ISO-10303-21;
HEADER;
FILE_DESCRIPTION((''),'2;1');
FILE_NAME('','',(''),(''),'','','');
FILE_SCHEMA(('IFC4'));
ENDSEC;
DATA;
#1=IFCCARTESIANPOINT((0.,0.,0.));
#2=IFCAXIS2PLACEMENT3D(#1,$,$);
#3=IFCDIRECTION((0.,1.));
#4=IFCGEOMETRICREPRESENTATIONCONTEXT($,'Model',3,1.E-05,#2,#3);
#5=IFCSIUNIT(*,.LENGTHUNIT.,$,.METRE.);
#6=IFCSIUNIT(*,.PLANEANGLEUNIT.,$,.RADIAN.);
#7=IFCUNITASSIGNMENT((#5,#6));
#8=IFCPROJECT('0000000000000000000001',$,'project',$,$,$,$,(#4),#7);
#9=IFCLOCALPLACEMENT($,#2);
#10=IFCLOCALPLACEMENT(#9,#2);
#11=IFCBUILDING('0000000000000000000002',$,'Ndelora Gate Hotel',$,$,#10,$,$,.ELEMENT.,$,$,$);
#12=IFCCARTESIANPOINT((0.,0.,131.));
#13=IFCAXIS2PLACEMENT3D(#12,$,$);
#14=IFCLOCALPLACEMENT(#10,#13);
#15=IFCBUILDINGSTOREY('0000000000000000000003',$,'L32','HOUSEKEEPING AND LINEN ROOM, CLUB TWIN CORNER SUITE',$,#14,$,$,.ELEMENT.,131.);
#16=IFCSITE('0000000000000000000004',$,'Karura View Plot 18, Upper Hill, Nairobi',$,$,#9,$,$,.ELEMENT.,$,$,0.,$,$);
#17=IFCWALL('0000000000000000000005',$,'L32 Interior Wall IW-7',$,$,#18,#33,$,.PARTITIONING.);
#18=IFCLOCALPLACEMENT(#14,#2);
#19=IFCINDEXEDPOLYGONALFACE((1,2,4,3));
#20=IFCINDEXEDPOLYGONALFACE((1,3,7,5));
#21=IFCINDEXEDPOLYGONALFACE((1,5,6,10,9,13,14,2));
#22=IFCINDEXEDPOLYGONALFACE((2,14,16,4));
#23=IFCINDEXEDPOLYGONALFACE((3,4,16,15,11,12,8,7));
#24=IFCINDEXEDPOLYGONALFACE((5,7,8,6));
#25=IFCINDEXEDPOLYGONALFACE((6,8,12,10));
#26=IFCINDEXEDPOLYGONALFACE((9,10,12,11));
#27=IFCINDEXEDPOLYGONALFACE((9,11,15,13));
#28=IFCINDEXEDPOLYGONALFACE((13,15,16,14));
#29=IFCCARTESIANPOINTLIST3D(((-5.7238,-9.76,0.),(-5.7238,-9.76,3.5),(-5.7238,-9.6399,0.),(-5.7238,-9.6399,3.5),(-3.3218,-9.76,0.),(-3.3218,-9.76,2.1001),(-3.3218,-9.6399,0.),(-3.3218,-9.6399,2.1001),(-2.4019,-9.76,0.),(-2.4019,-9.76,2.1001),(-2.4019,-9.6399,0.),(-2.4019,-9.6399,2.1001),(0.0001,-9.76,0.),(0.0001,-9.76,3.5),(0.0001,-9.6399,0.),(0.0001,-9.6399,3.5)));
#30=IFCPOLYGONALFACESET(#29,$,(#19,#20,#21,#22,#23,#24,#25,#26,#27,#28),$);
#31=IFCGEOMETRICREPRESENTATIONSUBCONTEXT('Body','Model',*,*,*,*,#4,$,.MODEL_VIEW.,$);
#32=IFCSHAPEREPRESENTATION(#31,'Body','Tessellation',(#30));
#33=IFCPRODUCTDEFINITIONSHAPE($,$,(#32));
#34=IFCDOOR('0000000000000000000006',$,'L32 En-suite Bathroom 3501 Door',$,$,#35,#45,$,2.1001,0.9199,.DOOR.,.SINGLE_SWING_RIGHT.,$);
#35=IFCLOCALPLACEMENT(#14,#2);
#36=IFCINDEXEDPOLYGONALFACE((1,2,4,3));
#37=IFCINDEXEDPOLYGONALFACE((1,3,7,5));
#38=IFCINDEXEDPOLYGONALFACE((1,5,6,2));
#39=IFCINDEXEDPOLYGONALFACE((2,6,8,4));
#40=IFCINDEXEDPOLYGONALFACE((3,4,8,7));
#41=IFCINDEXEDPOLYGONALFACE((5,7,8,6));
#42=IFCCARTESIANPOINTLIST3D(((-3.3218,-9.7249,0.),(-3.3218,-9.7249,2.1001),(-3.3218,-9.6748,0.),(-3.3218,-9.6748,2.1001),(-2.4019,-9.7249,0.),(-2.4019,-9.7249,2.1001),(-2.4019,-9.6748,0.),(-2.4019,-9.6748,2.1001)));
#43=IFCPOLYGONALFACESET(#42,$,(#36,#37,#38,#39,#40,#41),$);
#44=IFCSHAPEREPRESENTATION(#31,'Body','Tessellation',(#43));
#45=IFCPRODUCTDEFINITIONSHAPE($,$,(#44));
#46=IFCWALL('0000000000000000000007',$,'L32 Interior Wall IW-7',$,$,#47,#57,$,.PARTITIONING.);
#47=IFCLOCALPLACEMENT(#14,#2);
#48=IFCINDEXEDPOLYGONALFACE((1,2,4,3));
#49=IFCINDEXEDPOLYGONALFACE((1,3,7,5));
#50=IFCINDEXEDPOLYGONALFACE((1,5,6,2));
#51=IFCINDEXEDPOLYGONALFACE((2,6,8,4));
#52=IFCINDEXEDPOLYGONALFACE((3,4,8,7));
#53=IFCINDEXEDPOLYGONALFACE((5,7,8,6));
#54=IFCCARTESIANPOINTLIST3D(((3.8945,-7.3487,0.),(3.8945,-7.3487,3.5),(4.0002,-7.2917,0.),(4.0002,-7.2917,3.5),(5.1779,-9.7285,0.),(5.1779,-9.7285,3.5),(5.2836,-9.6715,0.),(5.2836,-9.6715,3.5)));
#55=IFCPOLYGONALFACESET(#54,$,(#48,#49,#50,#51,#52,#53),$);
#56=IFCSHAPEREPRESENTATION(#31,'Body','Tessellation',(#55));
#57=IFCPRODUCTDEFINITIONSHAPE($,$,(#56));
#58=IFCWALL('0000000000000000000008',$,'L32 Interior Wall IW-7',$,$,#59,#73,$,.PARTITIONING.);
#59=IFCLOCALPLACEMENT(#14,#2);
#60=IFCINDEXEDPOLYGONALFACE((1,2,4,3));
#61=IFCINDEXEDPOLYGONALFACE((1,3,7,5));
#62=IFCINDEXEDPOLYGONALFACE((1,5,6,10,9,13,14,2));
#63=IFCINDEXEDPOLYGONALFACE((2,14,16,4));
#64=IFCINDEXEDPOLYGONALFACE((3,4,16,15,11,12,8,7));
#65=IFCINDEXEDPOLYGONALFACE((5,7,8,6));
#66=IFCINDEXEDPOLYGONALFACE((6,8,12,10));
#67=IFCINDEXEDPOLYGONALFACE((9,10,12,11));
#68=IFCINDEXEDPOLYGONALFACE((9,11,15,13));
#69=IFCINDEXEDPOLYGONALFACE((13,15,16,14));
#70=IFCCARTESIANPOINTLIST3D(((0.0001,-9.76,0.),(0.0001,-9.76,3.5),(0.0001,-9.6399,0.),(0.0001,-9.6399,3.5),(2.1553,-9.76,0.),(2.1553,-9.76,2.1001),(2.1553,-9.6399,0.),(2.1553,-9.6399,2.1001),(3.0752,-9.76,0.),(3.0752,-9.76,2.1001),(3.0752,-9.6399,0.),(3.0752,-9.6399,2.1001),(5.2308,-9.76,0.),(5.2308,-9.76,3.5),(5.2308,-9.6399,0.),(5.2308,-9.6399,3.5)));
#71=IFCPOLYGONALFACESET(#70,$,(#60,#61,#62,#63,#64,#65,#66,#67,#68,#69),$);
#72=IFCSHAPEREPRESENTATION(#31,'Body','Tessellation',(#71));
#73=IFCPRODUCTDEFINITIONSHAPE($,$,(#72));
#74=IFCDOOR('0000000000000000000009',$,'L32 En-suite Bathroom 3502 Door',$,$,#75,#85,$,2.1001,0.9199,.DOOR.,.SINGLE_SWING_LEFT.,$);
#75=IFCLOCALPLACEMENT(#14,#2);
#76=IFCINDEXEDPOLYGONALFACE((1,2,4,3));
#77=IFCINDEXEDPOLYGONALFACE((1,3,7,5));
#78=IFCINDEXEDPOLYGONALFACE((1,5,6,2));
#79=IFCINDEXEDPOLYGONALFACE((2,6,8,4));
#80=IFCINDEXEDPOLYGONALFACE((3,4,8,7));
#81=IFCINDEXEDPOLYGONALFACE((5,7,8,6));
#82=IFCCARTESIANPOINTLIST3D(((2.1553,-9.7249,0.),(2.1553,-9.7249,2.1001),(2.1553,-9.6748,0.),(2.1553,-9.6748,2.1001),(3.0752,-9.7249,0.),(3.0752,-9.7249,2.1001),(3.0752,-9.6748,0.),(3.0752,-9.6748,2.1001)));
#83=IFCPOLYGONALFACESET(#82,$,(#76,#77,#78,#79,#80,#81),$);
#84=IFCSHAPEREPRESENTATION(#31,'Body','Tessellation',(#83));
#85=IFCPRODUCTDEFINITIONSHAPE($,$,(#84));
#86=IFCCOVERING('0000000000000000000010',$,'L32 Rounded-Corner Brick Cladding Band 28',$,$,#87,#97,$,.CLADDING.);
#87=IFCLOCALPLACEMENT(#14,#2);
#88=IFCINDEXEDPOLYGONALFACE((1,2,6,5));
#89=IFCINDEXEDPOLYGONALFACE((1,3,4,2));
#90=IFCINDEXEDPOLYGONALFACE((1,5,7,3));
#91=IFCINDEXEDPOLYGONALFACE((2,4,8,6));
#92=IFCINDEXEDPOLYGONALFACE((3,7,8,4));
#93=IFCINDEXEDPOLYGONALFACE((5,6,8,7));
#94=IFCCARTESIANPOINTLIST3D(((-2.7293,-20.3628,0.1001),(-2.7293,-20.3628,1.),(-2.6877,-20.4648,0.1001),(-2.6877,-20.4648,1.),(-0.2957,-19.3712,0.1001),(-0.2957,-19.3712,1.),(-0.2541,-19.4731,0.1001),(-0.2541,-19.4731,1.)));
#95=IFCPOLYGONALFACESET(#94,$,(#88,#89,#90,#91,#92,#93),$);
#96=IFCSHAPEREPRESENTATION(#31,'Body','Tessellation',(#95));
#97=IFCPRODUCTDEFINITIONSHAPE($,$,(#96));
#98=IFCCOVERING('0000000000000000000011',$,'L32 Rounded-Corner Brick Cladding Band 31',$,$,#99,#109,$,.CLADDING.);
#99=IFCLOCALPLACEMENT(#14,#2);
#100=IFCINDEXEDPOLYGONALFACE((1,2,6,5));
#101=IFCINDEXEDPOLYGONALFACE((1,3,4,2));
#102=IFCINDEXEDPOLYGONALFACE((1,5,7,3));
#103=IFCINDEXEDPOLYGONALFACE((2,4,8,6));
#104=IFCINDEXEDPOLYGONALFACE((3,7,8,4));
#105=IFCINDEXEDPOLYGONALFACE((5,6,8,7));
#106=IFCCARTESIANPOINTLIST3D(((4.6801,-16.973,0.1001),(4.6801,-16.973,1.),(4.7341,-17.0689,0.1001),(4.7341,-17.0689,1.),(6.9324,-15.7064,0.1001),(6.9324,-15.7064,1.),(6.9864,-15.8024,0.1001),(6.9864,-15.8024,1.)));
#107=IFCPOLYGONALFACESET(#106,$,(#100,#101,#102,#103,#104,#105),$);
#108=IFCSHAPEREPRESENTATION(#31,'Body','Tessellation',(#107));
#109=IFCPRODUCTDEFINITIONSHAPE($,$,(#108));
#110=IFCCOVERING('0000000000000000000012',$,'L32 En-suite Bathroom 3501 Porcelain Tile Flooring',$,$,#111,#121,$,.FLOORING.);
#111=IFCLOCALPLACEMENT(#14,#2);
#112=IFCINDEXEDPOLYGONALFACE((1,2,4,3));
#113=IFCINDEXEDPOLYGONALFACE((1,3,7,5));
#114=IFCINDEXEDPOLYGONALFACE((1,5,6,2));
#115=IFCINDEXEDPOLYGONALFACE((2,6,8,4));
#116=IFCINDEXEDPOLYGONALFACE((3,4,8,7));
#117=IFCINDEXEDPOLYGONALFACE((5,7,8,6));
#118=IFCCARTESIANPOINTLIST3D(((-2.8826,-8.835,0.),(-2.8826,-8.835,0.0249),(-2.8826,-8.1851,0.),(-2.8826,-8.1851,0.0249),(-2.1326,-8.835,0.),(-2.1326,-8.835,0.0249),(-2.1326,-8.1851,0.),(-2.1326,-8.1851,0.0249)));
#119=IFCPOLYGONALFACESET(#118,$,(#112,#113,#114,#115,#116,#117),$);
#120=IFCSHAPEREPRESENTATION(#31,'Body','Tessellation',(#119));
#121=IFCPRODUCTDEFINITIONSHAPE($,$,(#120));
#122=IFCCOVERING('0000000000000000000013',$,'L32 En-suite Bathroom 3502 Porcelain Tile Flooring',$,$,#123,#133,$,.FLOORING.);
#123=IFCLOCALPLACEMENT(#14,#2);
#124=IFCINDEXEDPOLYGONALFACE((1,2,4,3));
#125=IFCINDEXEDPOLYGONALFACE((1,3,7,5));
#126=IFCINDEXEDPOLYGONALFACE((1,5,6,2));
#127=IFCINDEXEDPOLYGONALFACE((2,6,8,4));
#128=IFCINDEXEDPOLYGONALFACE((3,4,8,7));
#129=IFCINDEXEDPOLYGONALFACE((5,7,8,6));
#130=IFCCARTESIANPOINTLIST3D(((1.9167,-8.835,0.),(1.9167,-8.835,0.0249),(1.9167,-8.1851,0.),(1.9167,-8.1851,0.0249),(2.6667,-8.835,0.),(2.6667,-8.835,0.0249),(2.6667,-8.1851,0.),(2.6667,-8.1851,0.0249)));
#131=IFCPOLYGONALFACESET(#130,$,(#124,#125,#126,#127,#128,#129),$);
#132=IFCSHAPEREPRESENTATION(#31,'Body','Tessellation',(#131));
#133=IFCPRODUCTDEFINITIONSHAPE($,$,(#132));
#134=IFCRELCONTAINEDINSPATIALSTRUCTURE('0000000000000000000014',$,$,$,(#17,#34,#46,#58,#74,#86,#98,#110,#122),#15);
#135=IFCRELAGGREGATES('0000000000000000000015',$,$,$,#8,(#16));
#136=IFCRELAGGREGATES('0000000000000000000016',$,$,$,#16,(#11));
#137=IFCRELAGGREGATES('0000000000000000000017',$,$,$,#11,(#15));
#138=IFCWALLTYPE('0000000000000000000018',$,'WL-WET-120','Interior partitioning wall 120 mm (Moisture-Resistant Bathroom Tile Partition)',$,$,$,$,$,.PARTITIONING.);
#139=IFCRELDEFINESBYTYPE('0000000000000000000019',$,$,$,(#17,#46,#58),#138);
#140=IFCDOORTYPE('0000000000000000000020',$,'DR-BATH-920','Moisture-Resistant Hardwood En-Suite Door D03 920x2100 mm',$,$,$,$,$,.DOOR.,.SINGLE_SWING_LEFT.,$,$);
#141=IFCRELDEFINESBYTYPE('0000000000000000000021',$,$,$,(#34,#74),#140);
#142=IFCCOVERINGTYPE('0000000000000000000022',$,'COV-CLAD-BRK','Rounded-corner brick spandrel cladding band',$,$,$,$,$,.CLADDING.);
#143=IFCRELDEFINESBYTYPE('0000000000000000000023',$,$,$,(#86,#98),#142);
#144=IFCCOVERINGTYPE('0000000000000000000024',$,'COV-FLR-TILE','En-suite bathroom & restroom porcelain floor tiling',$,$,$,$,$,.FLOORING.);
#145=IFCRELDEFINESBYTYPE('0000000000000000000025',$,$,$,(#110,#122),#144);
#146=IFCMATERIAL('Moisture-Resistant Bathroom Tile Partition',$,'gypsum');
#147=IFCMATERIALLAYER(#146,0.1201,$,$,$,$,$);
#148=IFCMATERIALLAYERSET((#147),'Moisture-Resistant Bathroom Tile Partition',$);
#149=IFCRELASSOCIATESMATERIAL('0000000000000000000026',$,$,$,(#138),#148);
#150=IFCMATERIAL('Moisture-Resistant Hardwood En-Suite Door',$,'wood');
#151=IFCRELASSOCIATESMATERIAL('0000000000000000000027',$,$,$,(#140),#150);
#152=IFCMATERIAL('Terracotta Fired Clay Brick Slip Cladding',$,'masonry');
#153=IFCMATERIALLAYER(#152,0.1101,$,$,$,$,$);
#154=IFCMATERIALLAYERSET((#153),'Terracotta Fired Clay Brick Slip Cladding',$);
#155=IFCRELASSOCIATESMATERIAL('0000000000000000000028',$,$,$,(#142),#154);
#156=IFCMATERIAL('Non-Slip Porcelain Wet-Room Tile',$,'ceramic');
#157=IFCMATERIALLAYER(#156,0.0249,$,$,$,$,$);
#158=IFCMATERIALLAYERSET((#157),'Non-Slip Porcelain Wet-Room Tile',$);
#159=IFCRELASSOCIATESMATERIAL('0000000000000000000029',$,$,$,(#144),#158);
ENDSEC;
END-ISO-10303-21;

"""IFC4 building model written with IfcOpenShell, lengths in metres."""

from ifc_helpers import new_model, si_unit, direction, frame, frame_2d, origin, origin_2d, place, context, subcontext, project, spatial, rectangle, extrude, material, layer, layer_set, type_object, element, fill, save


model = new_model("IFC4")

# Units and contexts
model_context = context("Model", 3, precision=1e-05, world=origin(), true_north=direction((0.0, 1.0)))
body_context = subcontext(model_context, "Body", "Model", "MODEL_VIEW")
ifc_project = project(units=[si_unit("LENGTHUNIT", "METRE"), si_unit("PLANEANGLEUNIT", "RADIAN")], contexts=[model_context])

# Site, building, storey
site_placement = place(None, origin())
site = spatial("IfcSite", under=ifc_project, at=site_placement, Name="Karura View Plot 18, Upper Hill, Nairobi", CompositionType="ELEMENT", RefElevation=0.0)
building_placement = place(site_placement, origin())
building = spatial("IfcBuilding", under=site, at=building_placement, Name="Ndelora Gate Hotel", CompositionType="ELEMENT")
storey_placement = place(building_placement, frame((0.0, 0.0, 131.0)))
storey = spatial("IfcBuildingStorey", under=building, at=storey_placement, Name="L32", Description="HOUSEKEEPING AND LINEN ROOM, CLUB TWIN CORNER SUITE", CompositionType="ELEMENT", Elevation=131.0)

# Wall, opening, door
ifc_material_1 = material(Name="Moisture-Resistant Bathroom Tile Partition", Category="gypsum")
ifc_layer_1 = layer(ifc_material_1, 0.1201)
ifc_layer_set_1 = layer_set([ifc_layer_1], Name="Moisture-Resistant Bathroom Tile Partition")
wall_type_1 = type_object("IfcWallType", Name="WL-WET-120", Description="Interior partitioning wall 120 mm (Moisture-Resistant Bathroom Tile Partition)", PredefinedType="PARTITIONING", material=ifc_layer_set_1)
wall_1_placement = place(storey_placement, frame((0.0, -9.7, 0.0), z_axis=(0.0, 0.0, 1.0), x_axis=(-1.0, 0.0, 0.0)))
wall_1 = element("IfcWall", 1, at=wall_1_placement, inside=storey, type_object=wall_type_1, Name="L32 Interior Wall IW-7", PredefinedType="PARTITIONING", context=body_context, shape_type="SweptSolid", body=[
    extrude(rectangle(XDim=5.7239, YDim=0.1201, at=frame_2d((2.8618, 0.0))), origin(), (0.0, 0.0, 1.0), 3.5),
])
opening_1_placement = place(wall_1_placement, frame((2.4019, 0.0, 0.0)))
opening_1 = element("IfcOpeningElement", 2, at=opening_1_placement, cuts=wall_1, PredefinedType="OPENING", context=body_context, shape_type="SweptSolid", body=[
    extrude(rectangle(XDim=0.9199, YDim=2.1001, at=frame_2d((0.46, 1.05))), frame((0.0, 0.0701, 0.0), z_axis=(0.0, -1.0, 0.0), x_axis=(1.0, 0.0, 0.0)), (0.0, 0.0, 1.0), 0.1401),
])
ifc_material_2 = material(Name="Moisture-Resistant Hardwood En-Suite Door", Category="wood")
door_type_1 = type_object("IfcDoorType", Name="DR-BATH-920", Description="Moisture-Resistant Hardwood En-Suite Door D03 920x2100 mm", OperationType="SINGLE_SWING_LEFT", PredefinedType="DOOR", material=ifc_material_2)
door_1_placement = place(opening_1_placement, origin())
door_1 = element("IfcDoor", 3, at=door_1_placement, inside=storey, type_object=door_type_1, Name="L32 En-suite Bathroom 3501 Door", OperationType="SINGLE_SWING_RIGHT", OverallHeight=2.1001, OverallWidth=0.9199, PredefinedType="DOOR", context=body_context, shape_type="SweptSolid", body=[
    extrude(rectangle(XDim=0.9199, YDim=2.1001, at=frame_2d((0.46, 1.05))), frame((0.0, 0.0249, 0.0), z_axis=(0.0, -1.0, 0.0), x_axis=(1.0, 0.0, 0.0)), (0.0, 0.0, 1.0), 0.05),
])
fill(opening_1, door_1)

# Wall
wall_2_placement = place(storey_placement, frame((3.9473, -7.3201, 0.0), z_axis=(0.0, 0.0, 1.0), x_axis=(0.474665, -0.880166, 0.0)))
element("IfcWall", 4, at=wall_2_placement, inside=storey, type_object=wall_type_1, Name="L32 Interior Wall IW-7", PredefinedType="PARTITIONING", context=body_context, shape_type="SweptSolid", body=[
    extrude(rectangle(XDim=2.7039, YDim=0.1201, at=frame_2d((1.3521, 0.0))), origin(), (0.0, 0.0, 1.0), 3.5),
])

# Wall, opening, door
wall_3_placement = place(storey_placement, frame((5.2307, -9.7, 0.0), z_axis=(0.0, 0.0, 1.0), x_axis=(-1.0, 0.0, 0.0)))
wall_3 = element("IfcWall", 5, at=wall_3_placement, inside=storey, type_object=wall_type_1, Name="L32 Interior Wall IW-7", PredefinedType="PARTITIONING", context=body_context, shape_type="SweptSolid", body=[
    extrude(rectangle(XDim=5.2307, YDim=0.1201, at=frame_2d((2.6152, 0.0))), origin(), (0.0, 0.0, 1.0), 3.5),
])
opening_2_placement = place(wall_3_placement, frame((2.1555, 0.0, 0.0)))
opening_2 = element("IfcOpeningElement", 6, at=opening_2_placement, cuts=wall_3, PredefinedType="OPENING", context=body_context, shape_type="SweptSolid", body=[
    extrude(rectangle(XDim=0.9199, YDim=2.1001, at=frame_2d((0.46, 1.05))), frame((0.0, 0.0701, 0.0), z_axis=(0.0, -1.0, 0.0), x_axis=(1.0, 0.0, 0.0)), (0.0, 0.0, 1.0), 0.1401),
])
door_2_placement = place(opening_2_placement, origin())
door_2 = element("IfcDoor", 7, at=door_2_placement, inside=storey, type_object=door_type_1, Name="L32 En-suite Bathroom 3502 Door", OperationType="SINGLE_SWING_LEFT", OverallHeight=2.1001, OverallWidth=0.9199, PredefinedType="DOOR", context=body_context, shape_type="SweptSolid", body=[
    extrude(rectangle(XDim=0.9199, YDim=2.1001, at=frame_2d((0.46, 1.05))), frame((0.0, 0.0249, 0.0), z_axis=(0.0, -1.0, 0.0), x_axis=(1.0, 0.0, 0.0)), (0.0, 0.0, 1.0), 0.05),
])
fill(opening_2, door_2)

# Coverings
ifc_material_3 = material(Name="Terracotta Fired Clay Brick Slip Cladding", Category="masonry")
ifc_layer_2 = layer(ifc_material_3, 0.1101)
ifc_layer_set_2 = layer_set([ifc_layer_2], Name="Terracotta Fired Clay Brick Slip Cladding")
covering_type_1 = type_object("IfcCoveringType", Name="COV-CLAD-BRK", Description="Rounded-corner brick spandrel cladding band", PredefinedType="CLADDING", material=ifc_layer_set_2)
covering_1_placement = place(storey_placement, frame((-1.4917, -19.918, 0.1001), z_axis=(0.0, 0.0, 1.0), x_axis=(0.926068, 0.377356, 0.0)))
element("IfcCovering", 8, at=covering_1_placement, inside=storey, type_object=covering_type_1, Name="L32 Rounded-Corner Brick Cladding Band 28", PredefinedType="CLADDING", context=body_context, shape_type="SweptSolid", body=[
    extrude(rectangle(XDim=2.6279, YDim=0.1101, at=origin_2d()), origin(), (0.0, 0.0, 1.0), 0.8999),
])
covering_2_placement = place(storey_placement, frame((5.8333, -16.3877, 0.1001), z_axis=(0.0, 0.0, 1.0), x_axis=(0.871642, 0.490143, 0.0)))
element("IfcCovering", 9, at=covering_2_placement, inside=storey, type_object=covering_type_1, Name="L32 Rounded-Corner Brick Cladding Band 31", PredefinedType="CLADDING", context=body_context, shape_type="SweptSolid", body=[
    extrude(rectangle(XDim=2.584, YDim=0.1101, at=origin_2d()), origin(), (0.0, 0.0, 1.0), 0.8999),
])
ifc_material_4 = material(Name="Non-Slip Porcelain Wet-Room Tile", Category="ceramic")
ifc_layer_3 = layer(ifc_material_4, 0.0249)
ifc_layer_set_3 = layer_set([ifc_layer_3], Name="Non-Slip Porcelain Wet-Room Tile")
covering_type_2 = type_object("IfcCoveringType", Name="COV-FLR-TILE", Description="En-suite bathroom & restroom porcelain floor tiling", PredefinedType="FLOORING", material=ifc_layer_set_3)
for number, where, z_axis, x_axis, name in (
    (10, (-2.5076, -8.51, 0.0), (0.0, 0.0, 1.0), (1.0, 0.0, 0.0), "L32 En-suite Bathroom 3501 Porcelain Tile Flooring"),
    (11, (2.2917, -8.51, 0.0), (0.0, 0.0, 1.0), (1.0, 0.0, 0.0), "L32 En-suite Bathroom 3502 Porcelain Tile Flooring"),
):
    element("IfcCovering", number, at=place(storey_placement, frame(where, z_axis=z_axis, x_axis=x_axis)), inside=storey, type_object=covering_type_2, Name=name, PredefinedType="FLOORING", context=body_context, shape_type="SweptSolid", body=[
        extrude(rectangle(XDim=0.75, YDim=0.6499, at=origin_2d()), origin(), (0.0, 0.0, 1.0), 0.0249),
    ])

save(model, "model.ifc")
